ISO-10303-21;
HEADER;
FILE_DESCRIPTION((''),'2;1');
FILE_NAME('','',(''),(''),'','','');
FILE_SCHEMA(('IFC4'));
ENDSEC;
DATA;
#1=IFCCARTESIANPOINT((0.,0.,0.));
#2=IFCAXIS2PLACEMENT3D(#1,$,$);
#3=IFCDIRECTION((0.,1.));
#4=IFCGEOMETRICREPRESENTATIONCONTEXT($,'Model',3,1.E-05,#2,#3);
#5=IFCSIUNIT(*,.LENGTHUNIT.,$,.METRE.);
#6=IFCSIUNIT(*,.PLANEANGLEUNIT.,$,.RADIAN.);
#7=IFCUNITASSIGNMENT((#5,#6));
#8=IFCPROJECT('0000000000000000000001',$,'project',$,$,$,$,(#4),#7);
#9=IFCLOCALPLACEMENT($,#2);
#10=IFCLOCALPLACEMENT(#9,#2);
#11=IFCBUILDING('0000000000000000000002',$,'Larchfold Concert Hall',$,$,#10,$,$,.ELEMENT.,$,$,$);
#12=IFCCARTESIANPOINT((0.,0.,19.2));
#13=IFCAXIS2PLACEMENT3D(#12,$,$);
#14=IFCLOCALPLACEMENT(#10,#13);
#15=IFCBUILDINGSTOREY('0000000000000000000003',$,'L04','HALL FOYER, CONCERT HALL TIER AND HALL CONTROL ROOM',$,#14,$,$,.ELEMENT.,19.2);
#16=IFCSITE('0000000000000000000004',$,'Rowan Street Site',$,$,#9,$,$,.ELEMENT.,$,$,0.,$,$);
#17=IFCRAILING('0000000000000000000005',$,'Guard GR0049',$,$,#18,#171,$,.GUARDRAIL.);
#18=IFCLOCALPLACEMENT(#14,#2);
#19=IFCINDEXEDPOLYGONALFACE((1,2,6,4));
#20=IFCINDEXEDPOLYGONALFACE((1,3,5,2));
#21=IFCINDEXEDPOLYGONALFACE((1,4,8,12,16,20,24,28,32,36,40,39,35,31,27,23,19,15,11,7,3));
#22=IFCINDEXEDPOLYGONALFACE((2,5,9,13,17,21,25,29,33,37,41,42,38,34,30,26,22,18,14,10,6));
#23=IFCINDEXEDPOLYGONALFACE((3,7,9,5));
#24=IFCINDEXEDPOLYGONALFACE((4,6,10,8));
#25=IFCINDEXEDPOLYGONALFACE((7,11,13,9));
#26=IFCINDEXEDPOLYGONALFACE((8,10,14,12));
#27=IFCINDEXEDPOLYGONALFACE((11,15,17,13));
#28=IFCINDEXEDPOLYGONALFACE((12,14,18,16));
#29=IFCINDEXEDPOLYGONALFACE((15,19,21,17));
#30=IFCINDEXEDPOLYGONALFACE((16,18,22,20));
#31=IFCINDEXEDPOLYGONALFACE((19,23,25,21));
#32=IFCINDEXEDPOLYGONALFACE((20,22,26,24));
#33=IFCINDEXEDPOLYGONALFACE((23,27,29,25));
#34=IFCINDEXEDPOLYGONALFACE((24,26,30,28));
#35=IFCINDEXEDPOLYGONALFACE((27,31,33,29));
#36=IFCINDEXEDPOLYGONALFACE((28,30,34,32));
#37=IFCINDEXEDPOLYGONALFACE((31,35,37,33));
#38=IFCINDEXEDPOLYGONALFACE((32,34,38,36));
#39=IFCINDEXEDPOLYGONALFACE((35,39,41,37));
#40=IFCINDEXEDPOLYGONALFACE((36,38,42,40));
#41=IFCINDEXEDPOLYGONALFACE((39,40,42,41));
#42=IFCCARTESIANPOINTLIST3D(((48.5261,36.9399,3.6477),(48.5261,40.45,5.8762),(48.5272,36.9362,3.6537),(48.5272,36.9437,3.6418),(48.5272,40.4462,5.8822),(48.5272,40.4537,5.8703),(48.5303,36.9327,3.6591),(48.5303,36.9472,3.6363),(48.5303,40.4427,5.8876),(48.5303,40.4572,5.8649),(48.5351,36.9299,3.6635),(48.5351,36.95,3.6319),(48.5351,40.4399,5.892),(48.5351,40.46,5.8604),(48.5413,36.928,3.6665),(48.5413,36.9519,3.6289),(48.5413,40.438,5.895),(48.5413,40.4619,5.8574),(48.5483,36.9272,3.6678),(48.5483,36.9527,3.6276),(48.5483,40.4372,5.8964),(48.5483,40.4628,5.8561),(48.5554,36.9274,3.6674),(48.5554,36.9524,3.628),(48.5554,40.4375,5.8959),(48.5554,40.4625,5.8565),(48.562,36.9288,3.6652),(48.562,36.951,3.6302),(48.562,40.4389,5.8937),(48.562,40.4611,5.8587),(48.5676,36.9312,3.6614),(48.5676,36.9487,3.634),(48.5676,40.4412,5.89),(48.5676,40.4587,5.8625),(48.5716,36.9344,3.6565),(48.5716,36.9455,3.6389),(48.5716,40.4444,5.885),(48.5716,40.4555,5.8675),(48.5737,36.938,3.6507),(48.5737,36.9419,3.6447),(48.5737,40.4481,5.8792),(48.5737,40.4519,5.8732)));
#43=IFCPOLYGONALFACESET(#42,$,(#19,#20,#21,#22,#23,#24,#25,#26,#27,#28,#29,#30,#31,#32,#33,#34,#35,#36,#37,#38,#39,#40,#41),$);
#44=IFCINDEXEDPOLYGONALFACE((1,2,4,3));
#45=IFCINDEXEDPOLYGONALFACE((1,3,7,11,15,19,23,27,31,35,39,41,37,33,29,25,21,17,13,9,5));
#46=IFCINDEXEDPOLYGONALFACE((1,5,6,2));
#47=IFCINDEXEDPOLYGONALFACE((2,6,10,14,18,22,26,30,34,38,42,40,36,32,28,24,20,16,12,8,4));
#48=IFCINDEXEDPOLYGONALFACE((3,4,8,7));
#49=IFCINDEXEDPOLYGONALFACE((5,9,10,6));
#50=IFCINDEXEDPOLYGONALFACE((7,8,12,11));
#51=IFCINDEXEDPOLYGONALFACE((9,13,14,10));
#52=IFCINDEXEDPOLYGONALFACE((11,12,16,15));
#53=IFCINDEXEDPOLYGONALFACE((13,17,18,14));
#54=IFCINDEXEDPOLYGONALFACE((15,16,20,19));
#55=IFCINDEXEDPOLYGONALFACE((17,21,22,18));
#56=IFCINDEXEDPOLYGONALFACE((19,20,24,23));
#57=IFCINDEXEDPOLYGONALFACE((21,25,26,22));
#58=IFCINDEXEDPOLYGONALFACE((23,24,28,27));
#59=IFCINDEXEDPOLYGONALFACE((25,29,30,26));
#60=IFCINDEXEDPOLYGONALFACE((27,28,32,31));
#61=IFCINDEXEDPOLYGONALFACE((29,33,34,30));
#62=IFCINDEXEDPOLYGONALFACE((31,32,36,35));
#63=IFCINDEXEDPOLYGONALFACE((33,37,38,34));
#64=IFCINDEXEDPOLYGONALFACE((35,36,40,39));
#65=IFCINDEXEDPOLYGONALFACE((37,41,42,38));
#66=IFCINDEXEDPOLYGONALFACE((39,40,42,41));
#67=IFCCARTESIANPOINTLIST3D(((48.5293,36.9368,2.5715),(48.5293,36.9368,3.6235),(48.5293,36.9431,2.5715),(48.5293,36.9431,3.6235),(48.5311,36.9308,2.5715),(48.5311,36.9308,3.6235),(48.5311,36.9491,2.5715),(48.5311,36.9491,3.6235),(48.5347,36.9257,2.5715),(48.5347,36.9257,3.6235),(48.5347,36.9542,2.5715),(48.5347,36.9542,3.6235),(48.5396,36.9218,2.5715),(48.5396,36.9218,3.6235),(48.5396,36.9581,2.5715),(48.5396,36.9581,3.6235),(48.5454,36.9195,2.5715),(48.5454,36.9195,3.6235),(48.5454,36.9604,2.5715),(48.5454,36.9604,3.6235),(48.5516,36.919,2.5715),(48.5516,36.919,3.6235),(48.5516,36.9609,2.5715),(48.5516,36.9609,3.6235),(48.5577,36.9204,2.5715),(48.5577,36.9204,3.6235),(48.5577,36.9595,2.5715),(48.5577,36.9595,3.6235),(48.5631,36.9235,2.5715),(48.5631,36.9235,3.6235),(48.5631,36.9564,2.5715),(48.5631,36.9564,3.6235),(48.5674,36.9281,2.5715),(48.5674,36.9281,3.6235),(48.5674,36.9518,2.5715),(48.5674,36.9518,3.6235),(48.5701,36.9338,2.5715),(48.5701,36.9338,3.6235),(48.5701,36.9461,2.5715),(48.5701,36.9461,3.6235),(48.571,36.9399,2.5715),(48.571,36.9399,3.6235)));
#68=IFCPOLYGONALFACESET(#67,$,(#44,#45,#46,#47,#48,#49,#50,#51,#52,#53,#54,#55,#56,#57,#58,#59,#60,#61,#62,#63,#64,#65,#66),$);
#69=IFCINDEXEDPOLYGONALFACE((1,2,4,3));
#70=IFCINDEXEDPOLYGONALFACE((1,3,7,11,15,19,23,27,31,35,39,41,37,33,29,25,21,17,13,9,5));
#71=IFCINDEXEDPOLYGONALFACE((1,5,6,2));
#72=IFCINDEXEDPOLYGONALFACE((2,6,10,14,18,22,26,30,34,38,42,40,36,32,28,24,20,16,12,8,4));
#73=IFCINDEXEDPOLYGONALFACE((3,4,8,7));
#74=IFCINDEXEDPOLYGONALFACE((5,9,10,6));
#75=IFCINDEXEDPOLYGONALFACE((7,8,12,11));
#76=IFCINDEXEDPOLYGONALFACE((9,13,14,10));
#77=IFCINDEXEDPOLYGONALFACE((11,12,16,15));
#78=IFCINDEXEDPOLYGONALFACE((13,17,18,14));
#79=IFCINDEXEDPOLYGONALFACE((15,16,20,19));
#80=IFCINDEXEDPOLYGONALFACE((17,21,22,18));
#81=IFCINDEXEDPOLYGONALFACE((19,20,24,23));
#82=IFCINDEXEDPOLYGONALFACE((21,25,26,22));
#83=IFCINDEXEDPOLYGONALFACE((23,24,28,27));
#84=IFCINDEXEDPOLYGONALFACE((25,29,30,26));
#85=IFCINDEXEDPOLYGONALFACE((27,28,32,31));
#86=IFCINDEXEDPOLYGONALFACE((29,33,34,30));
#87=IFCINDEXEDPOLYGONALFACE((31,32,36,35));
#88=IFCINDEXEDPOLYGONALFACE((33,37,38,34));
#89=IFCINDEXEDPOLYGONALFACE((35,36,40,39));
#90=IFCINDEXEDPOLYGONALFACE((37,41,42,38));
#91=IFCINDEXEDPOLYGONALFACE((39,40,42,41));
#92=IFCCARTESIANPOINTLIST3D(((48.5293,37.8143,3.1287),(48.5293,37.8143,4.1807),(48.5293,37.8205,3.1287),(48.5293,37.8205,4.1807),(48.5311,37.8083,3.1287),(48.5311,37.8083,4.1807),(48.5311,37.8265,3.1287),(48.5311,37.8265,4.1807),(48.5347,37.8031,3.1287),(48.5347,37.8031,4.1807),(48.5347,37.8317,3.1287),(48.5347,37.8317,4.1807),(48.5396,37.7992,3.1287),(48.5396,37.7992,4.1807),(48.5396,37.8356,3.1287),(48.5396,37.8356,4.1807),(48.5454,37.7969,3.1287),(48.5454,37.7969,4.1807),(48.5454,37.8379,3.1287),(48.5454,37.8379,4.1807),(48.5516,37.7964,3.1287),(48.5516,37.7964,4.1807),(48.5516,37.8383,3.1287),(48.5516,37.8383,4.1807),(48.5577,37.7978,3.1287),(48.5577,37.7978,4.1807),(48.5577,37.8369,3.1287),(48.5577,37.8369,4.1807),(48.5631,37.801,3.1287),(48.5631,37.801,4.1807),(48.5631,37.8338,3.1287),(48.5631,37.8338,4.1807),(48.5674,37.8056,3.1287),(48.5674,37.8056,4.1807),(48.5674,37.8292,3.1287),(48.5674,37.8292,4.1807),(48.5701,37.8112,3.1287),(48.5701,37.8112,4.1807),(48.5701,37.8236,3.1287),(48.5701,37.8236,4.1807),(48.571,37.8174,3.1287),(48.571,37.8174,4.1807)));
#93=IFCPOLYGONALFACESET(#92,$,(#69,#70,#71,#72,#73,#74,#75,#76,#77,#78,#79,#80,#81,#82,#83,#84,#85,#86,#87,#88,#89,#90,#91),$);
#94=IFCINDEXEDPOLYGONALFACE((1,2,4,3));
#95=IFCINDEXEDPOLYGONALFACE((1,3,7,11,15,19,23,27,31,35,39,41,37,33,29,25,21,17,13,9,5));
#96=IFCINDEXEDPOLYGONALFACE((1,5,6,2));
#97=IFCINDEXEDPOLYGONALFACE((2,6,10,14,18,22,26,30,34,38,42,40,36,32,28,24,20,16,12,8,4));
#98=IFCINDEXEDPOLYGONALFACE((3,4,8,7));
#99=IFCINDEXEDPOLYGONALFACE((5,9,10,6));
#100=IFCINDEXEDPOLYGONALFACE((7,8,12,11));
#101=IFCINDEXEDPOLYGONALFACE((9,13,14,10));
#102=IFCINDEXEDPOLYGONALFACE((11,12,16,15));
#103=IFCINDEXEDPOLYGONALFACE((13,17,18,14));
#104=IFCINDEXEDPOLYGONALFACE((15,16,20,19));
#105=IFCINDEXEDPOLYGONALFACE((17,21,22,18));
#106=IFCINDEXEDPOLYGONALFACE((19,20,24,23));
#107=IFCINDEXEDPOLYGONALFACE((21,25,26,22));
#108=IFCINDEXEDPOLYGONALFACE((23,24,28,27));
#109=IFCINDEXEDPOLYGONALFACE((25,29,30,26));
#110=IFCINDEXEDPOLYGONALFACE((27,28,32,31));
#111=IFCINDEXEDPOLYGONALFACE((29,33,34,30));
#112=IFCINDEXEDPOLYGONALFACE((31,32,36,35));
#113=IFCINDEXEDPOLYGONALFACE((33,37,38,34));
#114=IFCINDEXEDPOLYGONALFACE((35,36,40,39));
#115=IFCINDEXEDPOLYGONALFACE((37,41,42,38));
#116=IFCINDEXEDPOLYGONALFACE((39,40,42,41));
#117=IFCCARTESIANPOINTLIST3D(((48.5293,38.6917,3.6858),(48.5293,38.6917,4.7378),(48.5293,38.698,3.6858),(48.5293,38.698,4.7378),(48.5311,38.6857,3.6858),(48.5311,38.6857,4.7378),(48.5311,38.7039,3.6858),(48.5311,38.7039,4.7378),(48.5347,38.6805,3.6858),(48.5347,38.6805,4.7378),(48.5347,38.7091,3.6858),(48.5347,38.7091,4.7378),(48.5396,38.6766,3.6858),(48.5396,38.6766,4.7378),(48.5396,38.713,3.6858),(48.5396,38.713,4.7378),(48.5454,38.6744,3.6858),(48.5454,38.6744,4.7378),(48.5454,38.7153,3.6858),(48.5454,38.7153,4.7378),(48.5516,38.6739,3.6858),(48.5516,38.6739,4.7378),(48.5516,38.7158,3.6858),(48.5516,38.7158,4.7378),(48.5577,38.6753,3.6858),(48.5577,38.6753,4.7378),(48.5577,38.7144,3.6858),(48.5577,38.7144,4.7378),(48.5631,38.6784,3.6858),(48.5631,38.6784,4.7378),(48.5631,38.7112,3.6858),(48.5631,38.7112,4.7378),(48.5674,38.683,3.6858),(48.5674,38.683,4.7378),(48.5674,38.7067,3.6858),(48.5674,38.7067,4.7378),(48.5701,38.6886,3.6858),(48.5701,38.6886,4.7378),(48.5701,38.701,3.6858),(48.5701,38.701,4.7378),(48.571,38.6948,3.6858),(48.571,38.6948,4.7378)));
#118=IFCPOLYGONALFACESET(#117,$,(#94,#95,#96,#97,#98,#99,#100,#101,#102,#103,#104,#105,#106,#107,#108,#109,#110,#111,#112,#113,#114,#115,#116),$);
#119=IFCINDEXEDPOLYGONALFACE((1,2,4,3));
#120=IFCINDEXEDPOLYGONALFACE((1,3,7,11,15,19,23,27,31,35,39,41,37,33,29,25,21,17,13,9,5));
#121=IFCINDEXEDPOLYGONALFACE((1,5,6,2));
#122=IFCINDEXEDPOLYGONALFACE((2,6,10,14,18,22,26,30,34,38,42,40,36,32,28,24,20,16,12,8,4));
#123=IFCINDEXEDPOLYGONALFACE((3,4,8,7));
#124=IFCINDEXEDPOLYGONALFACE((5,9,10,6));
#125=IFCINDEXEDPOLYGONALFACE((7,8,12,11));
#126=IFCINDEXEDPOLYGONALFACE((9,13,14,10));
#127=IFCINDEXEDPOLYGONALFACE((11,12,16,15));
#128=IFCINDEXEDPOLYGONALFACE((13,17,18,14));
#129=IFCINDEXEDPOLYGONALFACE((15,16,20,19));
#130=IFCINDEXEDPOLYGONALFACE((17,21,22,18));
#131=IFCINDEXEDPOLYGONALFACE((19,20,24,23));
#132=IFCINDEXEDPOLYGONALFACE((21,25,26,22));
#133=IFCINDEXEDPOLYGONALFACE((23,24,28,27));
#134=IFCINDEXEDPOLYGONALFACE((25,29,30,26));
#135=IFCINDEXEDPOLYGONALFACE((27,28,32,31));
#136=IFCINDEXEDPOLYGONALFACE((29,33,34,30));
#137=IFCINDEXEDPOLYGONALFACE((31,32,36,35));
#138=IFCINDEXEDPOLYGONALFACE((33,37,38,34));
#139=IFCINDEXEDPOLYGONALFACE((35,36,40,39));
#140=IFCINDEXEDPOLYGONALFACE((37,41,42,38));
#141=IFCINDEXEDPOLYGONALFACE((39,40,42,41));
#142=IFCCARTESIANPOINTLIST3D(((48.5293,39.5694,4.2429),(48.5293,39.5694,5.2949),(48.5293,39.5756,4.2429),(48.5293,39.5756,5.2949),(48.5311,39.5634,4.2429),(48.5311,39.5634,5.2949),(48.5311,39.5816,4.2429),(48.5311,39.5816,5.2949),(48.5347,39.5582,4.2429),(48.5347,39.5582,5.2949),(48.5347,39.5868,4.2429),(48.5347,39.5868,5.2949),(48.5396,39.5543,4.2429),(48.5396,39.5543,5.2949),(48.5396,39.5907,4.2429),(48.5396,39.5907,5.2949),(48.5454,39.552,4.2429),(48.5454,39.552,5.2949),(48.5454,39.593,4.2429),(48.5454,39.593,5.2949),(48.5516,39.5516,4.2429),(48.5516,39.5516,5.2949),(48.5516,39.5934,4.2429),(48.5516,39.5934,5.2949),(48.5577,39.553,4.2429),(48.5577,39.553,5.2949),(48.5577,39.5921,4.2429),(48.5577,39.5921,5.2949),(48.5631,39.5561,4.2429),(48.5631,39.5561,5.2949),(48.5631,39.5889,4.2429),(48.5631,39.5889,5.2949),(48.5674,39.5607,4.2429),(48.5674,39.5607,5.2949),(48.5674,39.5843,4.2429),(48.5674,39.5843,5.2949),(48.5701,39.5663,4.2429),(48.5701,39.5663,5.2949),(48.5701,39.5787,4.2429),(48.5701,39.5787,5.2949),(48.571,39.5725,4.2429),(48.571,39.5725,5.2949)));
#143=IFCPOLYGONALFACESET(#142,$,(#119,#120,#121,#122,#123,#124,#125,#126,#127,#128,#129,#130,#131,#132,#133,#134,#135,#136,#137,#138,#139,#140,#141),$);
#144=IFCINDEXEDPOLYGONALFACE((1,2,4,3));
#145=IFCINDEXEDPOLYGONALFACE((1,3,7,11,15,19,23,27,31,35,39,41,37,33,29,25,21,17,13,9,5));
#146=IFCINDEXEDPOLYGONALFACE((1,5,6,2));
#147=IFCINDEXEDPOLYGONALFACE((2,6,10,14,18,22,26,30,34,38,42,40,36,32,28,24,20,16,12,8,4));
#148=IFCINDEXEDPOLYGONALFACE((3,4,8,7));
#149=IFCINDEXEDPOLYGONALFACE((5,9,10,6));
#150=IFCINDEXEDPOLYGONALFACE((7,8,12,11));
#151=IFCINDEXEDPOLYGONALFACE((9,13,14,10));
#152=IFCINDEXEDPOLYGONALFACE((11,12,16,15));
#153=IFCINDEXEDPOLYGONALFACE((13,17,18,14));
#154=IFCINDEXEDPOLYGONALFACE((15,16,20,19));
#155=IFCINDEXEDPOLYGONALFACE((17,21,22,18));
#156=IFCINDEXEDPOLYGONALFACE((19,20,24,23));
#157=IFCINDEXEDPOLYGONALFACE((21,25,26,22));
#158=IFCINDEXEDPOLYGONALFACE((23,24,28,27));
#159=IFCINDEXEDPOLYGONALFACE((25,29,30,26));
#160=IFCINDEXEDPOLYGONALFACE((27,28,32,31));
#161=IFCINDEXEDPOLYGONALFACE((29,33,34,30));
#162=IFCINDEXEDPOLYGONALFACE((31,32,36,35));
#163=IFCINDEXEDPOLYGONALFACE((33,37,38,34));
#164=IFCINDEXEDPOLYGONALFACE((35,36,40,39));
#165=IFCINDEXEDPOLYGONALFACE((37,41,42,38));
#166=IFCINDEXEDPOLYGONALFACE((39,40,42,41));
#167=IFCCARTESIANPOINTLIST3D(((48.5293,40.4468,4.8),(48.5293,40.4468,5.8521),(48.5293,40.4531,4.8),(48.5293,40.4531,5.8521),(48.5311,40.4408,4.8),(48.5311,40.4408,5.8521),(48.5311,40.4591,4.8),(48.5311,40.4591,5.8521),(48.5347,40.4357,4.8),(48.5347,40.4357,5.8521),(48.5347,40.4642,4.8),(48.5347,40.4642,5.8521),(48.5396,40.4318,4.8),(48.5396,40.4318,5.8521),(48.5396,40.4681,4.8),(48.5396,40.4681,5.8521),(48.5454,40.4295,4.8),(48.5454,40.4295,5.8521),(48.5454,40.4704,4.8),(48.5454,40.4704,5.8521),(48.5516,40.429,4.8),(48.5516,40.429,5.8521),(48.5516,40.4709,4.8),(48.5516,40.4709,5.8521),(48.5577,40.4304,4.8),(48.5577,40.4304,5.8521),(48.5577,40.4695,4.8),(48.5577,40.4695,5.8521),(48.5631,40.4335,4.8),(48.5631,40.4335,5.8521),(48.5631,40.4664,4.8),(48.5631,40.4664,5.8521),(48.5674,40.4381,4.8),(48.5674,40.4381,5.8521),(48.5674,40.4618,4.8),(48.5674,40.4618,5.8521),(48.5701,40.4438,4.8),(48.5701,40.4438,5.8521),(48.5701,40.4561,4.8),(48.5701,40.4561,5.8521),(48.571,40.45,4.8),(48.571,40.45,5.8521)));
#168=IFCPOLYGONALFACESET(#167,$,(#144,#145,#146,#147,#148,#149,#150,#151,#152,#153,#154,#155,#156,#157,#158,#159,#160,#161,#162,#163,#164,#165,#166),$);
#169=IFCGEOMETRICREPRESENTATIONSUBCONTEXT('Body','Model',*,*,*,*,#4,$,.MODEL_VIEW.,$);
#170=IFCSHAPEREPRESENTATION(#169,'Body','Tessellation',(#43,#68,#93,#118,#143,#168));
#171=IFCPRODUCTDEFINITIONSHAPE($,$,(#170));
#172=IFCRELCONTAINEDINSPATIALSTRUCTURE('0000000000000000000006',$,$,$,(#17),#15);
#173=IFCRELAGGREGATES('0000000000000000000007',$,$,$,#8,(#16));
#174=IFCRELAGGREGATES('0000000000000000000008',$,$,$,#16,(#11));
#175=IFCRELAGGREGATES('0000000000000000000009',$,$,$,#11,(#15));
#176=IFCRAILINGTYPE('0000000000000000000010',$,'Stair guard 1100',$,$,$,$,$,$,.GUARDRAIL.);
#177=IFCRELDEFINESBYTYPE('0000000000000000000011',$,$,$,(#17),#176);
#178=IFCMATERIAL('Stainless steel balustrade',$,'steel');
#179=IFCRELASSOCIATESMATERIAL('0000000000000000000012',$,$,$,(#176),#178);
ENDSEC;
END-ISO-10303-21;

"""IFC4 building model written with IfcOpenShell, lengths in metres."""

from ifc_helpers import new_model, si_unit, direction, frame, origin, origin_2d, place, context, subcontext, project, spatial, circle, extrude, material, type_object, element, save


model = new_model("IFC4")

# Units and contexts
model_context = context("Model", 3, precision=1e-05, world=origin(), true_north=direction((0.0, 1.0)))
body_context = subcontext(model_context, "Body", "Model", "MODEL_VIEW")
ifc_project = project(units=[si_unit("LENGTHUNIT", "METRE"), si_unit("PLANEANGLEUNIT", "RADIAN")], contexts=[model_context])

# Site, building, storey
site_placement = place(None, origin())
site = spatial("IfcSite", under=ifc_project, at=site_placement, Name="Rowan Street Site", CompositionType="ELEMENT", RefElevation=0.0)
building_placement = place(site_placement, origin())
building = spatial("IfcBuilding", under=site, at=building_placement, Name="Larchfold Concert Hall", CompositionType="ELEMENT")
storey_placement = place(building_placement, frame((0.0, 0.0, 19.2)))
storey = spatial("IfcBuildingStorey", under=building, at=storey_placement, Name="L04", Description="HALL FOYER, CONCERT HALL TIER AND HALL CONTROL ROOM", CompositionType="ELEMENT", Elevation=19.2)

# Railing
ifc_material_1 = material(Name="Stainless steel balustrade", Category="steel")
railing_type_1 = type_object("IfcRailingType", Name="Stair guard 1100", PredefinedType="GUARDRAIL", material=ifc_material_1)
railing_1_placement = place(storey_placement, frame((48.55, 36.9399, 2.5715)))
element("IfcRailing", 1, at=railing_1_placement, inside=storey, type_object=railing_type_1, Name="Guard GR0049", PredefinedType="GUARDRAIL", context=body_context, shape_type="SweptSolid", body=[
    extrude(circle(Radius=0.0239, at=origin_2d()), frame((0.0, 0.0, 1.0762), z_axis=(0.0, 0.84422, 0.535998), x_axis=(-1.0, 0.0, 0.0)), (0.0, 0.0, 1.0), 4.1577),
    extrude(circle(Radius=0.021, at=origin_2d()), origin(), (0.0, 0.0, 1.0), 1.052),
    extrude(circle(Radius=0.021, at=origin_2d()), frame((0.0, 0.8774, 0.5571)), (0.0, 0.0, 1.0), 1.052),
    extrude(circle(Radius=0.021, at=origin_2d()), frame((0.0, 1.7549, 1.1143)), (0.0, 0.0, 1.0), 1.052),
    extrude(circle(Radius=0.021, at=origin_2d()), frame((0.0, 2.6326, 1.6714)), (0.0, 0.0, 1.0), 1.052),
    extrude(circle(Radius=0.021, at=origin_2d()), frame((0.0, 3.51, 2.2285)), (0.0, 0.0, 1.0), 1.052),
])

save(model, "model.ifc")
